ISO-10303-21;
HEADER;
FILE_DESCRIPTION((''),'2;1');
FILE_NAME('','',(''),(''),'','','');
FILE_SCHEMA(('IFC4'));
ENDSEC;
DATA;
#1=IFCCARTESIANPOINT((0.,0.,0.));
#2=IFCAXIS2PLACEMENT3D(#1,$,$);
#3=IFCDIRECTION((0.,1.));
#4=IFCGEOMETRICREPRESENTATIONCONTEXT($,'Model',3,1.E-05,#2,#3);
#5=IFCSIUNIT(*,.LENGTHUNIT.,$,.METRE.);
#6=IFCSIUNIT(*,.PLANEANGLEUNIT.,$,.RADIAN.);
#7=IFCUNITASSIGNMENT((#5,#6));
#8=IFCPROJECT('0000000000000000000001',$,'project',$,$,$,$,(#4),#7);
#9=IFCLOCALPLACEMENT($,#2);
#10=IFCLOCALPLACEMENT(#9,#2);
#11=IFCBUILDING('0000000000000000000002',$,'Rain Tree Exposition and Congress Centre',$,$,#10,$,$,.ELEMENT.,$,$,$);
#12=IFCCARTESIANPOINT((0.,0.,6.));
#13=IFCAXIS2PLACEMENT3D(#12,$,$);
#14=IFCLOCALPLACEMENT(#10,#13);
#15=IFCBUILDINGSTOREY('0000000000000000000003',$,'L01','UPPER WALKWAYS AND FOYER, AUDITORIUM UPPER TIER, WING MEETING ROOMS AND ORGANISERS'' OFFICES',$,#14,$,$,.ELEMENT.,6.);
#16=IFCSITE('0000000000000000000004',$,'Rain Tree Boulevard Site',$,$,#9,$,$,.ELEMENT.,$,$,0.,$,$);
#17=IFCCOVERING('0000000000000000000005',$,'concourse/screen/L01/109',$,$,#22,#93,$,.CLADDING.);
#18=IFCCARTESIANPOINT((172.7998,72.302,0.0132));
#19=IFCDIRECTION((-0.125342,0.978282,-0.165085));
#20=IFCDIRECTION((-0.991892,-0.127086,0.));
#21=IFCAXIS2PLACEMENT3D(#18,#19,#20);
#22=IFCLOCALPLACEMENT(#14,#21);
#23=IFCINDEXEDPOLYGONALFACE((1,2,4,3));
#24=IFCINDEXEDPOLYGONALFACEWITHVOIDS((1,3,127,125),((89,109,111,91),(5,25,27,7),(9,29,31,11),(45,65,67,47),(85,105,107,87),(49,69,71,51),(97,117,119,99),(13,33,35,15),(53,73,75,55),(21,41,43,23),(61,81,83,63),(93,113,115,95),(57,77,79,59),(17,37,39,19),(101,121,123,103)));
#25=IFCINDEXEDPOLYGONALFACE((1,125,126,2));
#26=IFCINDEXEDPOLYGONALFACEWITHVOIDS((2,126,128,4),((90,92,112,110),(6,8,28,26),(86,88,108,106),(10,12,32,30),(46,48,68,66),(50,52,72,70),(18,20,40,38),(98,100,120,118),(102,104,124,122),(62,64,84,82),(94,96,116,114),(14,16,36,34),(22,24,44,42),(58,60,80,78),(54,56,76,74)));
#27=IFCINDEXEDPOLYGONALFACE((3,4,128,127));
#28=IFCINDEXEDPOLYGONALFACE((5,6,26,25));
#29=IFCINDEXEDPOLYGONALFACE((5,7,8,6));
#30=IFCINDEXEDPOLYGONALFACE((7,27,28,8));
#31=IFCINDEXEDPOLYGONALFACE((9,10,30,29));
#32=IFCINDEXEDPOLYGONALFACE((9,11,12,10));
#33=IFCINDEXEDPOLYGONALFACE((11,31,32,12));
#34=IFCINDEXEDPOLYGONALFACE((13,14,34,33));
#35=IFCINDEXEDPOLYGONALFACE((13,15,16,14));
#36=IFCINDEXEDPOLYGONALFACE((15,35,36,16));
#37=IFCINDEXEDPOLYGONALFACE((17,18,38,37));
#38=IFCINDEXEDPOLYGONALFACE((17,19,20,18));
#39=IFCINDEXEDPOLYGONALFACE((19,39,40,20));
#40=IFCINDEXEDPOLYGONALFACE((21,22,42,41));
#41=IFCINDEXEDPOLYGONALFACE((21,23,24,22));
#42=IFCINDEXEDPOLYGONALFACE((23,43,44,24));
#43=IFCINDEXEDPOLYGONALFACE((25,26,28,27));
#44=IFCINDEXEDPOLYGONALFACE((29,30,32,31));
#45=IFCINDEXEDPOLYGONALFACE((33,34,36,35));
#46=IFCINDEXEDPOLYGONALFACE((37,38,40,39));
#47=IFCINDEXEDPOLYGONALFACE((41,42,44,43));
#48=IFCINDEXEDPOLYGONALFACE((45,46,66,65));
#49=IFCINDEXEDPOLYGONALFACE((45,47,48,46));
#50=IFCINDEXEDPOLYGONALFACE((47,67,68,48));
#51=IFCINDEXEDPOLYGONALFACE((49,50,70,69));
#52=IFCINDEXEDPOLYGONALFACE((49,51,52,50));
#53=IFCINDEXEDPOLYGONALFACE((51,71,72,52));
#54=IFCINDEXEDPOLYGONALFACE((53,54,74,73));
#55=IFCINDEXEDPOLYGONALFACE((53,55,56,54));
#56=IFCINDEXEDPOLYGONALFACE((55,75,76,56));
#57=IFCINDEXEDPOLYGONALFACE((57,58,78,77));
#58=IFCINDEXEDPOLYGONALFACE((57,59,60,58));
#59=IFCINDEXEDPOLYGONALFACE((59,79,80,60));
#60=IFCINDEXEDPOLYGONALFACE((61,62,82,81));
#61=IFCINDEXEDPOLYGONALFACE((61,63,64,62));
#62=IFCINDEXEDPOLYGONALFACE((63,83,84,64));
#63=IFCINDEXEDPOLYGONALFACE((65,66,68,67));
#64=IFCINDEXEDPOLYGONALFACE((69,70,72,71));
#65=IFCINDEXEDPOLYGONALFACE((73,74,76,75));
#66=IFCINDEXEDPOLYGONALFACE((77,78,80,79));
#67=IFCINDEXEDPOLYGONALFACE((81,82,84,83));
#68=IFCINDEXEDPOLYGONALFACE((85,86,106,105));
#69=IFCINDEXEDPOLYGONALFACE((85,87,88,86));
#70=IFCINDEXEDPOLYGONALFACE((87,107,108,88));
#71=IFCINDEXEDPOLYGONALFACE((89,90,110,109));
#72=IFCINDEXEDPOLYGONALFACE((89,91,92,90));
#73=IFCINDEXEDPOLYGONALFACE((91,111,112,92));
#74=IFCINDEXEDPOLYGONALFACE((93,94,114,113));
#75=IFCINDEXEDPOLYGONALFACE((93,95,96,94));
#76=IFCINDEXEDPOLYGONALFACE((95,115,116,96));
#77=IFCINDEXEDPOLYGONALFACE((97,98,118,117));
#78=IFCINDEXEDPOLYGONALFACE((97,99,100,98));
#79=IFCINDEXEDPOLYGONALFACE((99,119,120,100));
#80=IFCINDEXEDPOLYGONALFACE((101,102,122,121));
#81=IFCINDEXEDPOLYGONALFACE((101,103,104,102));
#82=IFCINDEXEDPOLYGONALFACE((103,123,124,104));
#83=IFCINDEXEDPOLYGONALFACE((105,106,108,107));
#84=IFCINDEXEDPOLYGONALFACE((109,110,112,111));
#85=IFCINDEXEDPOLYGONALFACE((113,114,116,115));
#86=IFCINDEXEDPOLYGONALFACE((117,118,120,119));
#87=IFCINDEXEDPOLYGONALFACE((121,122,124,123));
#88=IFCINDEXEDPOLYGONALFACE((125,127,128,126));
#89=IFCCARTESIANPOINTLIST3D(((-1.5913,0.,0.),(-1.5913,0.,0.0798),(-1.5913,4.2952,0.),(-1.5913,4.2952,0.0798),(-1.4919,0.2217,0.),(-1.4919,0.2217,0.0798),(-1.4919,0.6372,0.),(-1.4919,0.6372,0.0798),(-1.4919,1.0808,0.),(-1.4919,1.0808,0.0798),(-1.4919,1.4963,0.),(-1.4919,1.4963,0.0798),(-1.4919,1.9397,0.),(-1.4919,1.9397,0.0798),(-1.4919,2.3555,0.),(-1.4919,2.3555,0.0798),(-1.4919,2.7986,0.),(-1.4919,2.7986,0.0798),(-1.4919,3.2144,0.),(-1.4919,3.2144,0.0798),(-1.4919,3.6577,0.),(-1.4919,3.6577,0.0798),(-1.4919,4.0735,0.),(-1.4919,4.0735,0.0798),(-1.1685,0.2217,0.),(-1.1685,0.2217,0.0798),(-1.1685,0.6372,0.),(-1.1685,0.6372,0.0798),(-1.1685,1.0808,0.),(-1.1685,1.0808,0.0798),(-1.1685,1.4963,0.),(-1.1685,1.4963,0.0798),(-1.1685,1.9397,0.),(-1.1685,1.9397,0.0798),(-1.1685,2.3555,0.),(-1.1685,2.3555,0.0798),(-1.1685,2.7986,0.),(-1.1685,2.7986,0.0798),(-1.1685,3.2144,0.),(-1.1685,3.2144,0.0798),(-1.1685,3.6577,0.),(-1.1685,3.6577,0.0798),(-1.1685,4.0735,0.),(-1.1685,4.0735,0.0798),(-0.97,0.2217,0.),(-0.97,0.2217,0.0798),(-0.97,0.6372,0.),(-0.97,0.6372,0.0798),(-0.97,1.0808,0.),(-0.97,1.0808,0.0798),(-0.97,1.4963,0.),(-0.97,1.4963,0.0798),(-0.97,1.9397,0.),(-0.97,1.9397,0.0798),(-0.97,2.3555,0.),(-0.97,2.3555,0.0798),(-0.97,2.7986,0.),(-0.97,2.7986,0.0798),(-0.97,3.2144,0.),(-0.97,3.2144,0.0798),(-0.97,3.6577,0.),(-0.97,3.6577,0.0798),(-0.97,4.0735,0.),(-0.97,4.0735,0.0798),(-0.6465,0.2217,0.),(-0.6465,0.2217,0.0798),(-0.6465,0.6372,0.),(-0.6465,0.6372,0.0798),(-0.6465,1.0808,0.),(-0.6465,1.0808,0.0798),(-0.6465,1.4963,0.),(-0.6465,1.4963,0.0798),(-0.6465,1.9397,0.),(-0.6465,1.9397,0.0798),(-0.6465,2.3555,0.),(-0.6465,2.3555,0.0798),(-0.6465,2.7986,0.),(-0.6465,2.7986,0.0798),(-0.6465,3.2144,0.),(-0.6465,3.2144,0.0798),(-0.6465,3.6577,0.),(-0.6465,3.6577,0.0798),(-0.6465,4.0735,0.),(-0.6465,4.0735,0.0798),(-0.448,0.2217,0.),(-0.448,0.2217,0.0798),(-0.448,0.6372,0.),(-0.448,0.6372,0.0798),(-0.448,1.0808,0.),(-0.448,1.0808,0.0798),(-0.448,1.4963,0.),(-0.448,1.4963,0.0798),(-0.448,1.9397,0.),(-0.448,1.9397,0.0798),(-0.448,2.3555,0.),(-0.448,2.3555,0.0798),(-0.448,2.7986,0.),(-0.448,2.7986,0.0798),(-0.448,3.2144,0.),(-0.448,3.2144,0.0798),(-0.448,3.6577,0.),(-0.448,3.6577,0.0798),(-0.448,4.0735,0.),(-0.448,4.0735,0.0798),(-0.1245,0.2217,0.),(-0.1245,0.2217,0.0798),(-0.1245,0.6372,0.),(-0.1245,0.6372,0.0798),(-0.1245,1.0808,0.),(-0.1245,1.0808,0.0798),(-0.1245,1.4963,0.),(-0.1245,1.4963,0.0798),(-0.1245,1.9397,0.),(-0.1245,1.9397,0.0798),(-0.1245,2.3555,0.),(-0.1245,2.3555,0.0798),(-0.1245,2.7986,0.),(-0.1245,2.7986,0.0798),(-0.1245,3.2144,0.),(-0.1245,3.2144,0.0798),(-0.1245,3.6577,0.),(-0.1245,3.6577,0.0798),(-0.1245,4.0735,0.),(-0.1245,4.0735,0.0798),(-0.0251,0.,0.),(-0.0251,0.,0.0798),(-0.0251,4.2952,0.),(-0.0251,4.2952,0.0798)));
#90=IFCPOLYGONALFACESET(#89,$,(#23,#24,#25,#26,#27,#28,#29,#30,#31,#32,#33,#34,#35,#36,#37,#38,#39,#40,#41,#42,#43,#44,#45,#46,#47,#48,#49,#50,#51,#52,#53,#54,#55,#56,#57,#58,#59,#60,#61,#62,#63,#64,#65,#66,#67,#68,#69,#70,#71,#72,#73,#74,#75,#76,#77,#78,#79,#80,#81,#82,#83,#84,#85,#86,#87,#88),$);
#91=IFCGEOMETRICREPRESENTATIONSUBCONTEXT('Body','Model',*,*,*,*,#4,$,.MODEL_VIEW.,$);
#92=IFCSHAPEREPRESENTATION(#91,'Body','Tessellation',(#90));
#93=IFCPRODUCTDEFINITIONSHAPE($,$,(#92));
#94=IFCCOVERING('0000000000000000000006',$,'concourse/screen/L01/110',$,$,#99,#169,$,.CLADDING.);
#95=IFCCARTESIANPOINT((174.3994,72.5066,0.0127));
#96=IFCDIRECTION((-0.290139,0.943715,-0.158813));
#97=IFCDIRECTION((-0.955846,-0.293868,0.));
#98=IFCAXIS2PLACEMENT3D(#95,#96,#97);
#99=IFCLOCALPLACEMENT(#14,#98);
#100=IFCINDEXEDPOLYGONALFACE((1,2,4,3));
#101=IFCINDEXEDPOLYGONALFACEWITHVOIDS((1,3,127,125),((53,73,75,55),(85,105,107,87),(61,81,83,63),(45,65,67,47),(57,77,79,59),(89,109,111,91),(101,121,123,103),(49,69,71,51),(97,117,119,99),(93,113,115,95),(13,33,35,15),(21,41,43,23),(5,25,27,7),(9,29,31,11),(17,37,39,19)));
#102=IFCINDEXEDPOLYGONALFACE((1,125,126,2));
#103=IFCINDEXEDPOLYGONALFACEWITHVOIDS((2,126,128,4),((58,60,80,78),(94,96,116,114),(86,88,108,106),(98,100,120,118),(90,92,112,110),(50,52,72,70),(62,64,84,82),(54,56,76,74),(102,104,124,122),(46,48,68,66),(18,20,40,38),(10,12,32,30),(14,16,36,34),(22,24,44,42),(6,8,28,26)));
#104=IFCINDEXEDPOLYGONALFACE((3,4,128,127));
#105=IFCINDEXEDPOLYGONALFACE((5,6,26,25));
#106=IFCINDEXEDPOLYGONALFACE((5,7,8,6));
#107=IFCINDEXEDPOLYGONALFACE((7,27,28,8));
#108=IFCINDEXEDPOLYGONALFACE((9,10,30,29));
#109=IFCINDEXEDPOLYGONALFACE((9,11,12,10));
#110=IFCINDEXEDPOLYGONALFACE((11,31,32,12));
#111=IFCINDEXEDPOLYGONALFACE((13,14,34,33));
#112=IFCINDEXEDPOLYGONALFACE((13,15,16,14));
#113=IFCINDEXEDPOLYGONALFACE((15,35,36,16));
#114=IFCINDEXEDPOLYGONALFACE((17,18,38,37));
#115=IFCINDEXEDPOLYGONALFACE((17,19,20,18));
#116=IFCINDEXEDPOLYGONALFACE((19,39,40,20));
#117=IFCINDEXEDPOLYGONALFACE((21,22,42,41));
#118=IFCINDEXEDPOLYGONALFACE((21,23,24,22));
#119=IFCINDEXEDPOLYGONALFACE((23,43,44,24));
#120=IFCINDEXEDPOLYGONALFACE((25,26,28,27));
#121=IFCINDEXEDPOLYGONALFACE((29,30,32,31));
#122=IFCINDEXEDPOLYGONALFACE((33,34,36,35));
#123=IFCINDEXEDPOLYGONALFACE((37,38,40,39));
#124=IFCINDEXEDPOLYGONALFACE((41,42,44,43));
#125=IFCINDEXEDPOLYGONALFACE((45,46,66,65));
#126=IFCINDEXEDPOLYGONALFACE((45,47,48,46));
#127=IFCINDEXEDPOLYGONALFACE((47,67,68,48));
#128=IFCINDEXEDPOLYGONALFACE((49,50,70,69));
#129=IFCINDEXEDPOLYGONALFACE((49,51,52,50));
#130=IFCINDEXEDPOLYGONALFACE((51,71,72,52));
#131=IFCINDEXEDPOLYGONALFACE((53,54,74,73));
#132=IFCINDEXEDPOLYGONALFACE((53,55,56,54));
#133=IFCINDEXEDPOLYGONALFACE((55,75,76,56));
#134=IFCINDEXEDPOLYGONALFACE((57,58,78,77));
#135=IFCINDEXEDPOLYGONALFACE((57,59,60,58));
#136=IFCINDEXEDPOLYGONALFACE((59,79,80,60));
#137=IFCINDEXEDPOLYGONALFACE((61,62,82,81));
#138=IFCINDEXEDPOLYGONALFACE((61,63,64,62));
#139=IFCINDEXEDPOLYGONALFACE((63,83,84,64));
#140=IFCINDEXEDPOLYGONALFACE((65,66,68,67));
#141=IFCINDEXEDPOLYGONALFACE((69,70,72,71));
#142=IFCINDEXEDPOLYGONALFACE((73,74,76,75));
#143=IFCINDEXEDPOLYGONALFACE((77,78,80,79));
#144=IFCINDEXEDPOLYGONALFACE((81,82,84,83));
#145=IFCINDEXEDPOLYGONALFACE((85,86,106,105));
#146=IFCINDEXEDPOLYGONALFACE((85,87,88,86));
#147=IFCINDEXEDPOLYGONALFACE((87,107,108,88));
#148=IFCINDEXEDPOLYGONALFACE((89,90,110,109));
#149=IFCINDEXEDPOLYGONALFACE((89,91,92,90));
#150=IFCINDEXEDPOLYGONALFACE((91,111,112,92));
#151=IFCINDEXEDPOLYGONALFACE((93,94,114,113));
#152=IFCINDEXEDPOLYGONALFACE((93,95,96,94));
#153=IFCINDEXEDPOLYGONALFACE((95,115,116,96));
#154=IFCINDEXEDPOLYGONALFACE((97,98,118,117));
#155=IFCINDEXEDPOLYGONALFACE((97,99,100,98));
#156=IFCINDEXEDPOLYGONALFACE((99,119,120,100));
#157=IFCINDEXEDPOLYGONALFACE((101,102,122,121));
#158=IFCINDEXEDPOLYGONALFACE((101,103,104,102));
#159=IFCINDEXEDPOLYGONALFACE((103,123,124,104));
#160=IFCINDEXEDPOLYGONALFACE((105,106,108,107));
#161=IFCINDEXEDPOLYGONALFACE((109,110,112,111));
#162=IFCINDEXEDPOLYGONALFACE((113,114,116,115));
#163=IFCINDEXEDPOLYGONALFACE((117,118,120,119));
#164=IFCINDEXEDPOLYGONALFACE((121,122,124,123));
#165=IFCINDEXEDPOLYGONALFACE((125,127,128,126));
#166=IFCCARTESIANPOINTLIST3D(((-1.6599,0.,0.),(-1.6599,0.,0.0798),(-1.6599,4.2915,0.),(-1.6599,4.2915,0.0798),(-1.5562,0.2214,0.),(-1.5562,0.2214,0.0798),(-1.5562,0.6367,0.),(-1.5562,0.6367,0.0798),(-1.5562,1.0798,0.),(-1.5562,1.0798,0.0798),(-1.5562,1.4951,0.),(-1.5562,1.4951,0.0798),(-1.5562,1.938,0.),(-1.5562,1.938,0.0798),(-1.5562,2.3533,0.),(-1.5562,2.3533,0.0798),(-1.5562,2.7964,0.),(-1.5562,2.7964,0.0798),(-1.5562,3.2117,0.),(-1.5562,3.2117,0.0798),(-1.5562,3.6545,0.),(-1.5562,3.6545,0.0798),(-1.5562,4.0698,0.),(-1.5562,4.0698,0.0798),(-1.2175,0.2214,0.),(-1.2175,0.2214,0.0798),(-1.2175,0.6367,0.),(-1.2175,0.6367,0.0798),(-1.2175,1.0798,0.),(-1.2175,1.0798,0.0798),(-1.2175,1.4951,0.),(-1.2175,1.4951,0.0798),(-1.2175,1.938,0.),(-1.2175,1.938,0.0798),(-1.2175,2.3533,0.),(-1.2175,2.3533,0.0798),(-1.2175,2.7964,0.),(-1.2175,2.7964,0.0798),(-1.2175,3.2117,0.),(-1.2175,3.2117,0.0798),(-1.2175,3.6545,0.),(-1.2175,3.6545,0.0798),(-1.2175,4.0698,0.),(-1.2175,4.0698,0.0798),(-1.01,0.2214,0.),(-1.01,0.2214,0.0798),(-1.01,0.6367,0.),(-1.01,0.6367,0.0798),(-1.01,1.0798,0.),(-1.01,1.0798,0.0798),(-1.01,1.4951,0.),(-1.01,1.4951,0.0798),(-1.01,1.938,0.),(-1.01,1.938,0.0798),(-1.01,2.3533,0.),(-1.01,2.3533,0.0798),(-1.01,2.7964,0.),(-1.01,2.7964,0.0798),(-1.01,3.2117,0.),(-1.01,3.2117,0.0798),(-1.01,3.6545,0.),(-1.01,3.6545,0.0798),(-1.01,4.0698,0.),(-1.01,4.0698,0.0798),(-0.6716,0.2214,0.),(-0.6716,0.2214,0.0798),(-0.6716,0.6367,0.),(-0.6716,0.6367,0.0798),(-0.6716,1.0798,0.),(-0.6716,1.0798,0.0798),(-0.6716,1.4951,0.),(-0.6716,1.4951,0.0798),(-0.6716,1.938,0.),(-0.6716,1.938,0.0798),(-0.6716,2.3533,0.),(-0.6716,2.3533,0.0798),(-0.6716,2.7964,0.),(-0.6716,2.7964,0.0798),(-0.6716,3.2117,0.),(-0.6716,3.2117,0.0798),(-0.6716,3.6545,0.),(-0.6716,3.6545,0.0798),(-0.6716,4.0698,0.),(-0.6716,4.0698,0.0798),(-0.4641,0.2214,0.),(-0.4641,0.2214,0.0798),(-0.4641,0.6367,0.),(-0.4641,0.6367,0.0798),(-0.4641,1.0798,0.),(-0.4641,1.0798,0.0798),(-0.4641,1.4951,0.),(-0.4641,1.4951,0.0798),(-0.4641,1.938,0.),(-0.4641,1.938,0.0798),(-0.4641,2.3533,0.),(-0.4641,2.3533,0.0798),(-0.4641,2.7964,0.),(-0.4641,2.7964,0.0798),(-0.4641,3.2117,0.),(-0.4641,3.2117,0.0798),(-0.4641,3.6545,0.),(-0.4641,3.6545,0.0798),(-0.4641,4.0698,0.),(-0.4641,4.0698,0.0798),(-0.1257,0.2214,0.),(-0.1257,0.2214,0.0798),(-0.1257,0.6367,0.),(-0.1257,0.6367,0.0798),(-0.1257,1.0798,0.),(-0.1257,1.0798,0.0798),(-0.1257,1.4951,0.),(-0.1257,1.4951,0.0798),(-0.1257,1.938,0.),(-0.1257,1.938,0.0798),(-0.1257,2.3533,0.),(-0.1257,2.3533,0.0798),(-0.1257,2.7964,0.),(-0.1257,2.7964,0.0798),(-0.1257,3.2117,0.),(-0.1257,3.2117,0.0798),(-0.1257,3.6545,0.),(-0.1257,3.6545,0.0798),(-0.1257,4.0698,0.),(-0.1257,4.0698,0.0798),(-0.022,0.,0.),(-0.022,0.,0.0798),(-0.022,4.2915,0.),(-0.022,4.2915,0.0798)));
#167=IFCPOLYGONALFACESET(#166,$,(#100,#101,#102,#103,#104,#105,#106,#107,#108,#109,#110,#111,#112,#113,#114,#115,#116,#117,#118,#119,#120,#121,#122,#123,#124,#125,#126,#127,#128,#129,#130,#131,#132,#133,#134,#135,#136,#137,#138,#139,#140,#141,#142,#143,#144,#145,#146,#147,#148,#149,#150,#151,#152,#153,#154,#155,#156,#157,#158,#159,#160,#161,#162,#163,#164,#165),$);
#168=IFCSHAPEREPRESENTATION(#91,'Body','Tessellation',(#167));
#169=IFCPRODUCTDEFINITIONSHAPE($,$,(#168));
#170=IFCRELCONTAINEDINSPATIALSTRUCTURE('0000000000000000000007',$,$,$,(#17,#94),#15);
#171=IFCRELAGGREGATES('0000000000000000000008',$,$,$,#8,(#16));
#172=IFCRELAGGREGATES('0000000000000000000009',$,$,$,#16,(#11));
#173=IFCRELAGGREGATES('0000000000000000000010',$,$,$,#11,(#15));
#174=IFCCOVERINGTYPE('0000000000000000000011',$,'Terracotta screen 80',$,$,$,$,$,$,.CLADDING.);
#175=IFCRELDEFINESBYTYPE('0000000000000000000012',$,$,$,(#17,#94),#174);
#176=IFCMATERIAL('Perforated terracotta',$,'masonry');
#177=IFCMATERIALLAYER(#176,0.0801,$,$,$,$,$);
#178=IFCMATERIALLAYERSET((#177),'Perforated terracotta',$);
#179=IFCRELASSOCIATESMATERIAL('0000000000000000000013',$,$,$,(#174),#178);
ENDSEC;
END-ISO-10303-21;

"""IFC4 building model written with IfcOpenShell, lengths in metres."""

from ifc_helpers import new_model, si_unit, direction, frame, origin, place, context, subcontext, project, spatial, polyline, outline, extrude, material, layer, layer_set, type_object, element, save


model = new_model("IFC4")

# Units and contexts
model_context = context("Model", 3, precision=1e-05, world=origin(), true_north=direction((0.0, 1.0)))
body_context = subcontext(model_context, "Body", "Model", "MODEL_VIEW")
ifc_project = project(units=[si_unit("LENGTHUNIT", "METRE"), si_unit("PLANEANGLEUNIT", "RADIAN")], contexts=[model_context])

# Site, building, storey
site_placement = place(None, origin())
site = spatial("IfcSite", under=ifc_project, at=site_placement, Name="Rain Tree Boulevard Site", CompositionType="ELEMENT", RefElevation=0.0)
building_placement = place(site_placement, origin())
building = spatial("IfcBuilding", under=site, at=building_placement, Name="Rain Tree Exposition and Congress Centre", CompositionType="ELEMENT")
storey_placement = place(building_placement, frame((0.0, 0.0, 6.0)))
storey = spatial("IfcBuildingStorey", under=building, at=storey_placement, Name="L01", Description="UPPER WALKWAYS AND FOYER, AUDITORIUM UPPER TIER, WING MEETING ROOMS AND ORGANISERS' OFFICES", CompositionType="ELEMENT", Elevation=6.0)

# Coverings
ifc_material_1 = material(Name="Perforated terracotta", Category="masonry")
ifc_layer_1 = layer(ifc_material_1, 0.0801)
ifc_layer_set_1 = layer_set([ifc_layer_1], Name="Perforated terracotta")
covering_type = type_object("IfcCoveringType", Name="Terracotta screen 80", PredefinedType="CLADDING", material=ifc_layer_set_1)
covering_1_placement = place(storey_placement, frame((172.7998, 72.302, 0.0132), z_axis=(-0.125342, 0.978282, -0.165085), x_axis=(-0.991892, -0.127086, 0.0)))
element("IfcCovering", 1, at=covering_1_placement, inside=storey, type_object=covering_type, Name="concourse/screen/L01/109", PredefinedType="CLADDING", context=body_context, shape_type="SweptSolid", body=[
    extrude(outline(polyline([(-1.5913, 0.0), (-1.5913, 4.2952), (-0.0251, 4.2952), (-0.0251, 0.0), (-1.5913, 0.0)]), holes=[polyline([(-0.1245, 0.2217), (-0.1245, 0.6372), (-0.448, 0.6372), (-0.448, 0.2217), (-0.1245, 0.2217)]), polyline([(-0.1245, 1.0808), (-0.1245, 1.4963), (-0.448, 1.4963), (-0.448, 1.0808), (-0.1245, 1.0808)]), polyline([(-0.1245, 1.9397), (-0.1245, 2.3555), (-0.448, 2.3555), (-0.448, 1.9397), (-0.1245, 1.9397)]), polyline([(-0.1245, 2.7986), (-0.1245, 3.2144), (-0.448, 3.2144), (-0.448, 2.7986), (-0.1245, 2.7986)]), polyline([(-0.1245, 3.6577), (-0.1245, 4.0735), (-0.448, 4.0735), (-0.448, 3.6577), (-0.1245, 3.6577)]), polyline([(-0.6465, 0.2217), (-0.6465, 0.6372), (-0.97, 0.6372), (-0.97, 0.2217), (-0.6465, 0.2217)]), polyline([(-0.6465, 1.0808), (-0.6465, 1.4963), (-0.97, 1.4963), (-0.97, 1.0808), (-0.6465, 1.0808)]), polyline([(-0.6465, 1.9397), (-0.6465, 2.3555), (-0.97, 2.3555), (-0.97, 1.9397), (-0.6465, 1.9397)]), polyline([(-0.6465, 2.7986), (-0.6465, 3.2144), (-0.97, 3.2144), (-0.97, 2.7986), (-0.6465, 2.7986)]), polyline([(-0.6465, 3.6577), (-0.6465, 4.0735), (-0.97, 4.0735), (-0.97, 3.6577), (-0.6465, 3.6577)]), polyline([(-1.1685, 0.2217), (-1.1685, 0.6372), (-1.4919, 0.6372), (-1.4919, 0.2217), (-1.1685, 0.2217)]), polyline([(-1.1685, 1.0808), (-1.1685, 1.4963), (-1.4919, 1.4963), (-1.4919, 1.0808), (-1.1685, 1.0808)]), polyline([(-1.1685, 1.9397), (-1.1685, 2.3555), (-1.4919, 2.3555), (-1.4919, 1.9397), (-1.1685, 1.9397)]), polyline([(-1.1685, 2.7986), (-1.1685, 3.2144), (-1.4919, 3.2144), (-1.4919, 2.7986), (-1.1685, 2.7986)]), polyline([(-1.1685, 3.6577), (-1.1685, 4.0735), (-1.4919, 4.0735), (-1.4919, 3.6577), (-1.1685, 3.6577)])]), origin(), (0.0, 0.0, 1.0), 0.0798),
])
covering_2_placement = place(storey_placement, frame((174.3994, 72.5066, 0.0127), z_axis=(-0.290139, 0.943715, -0.158813), x_axis=(-0.955846, -0.293868, 0.0)))
element("IfcCovering", 2, at=covering_2_placement, inside=storey, type_object=covering_type, Name="concourse/screen/L01/110", PredefinedType="CLADDING", context=body_context, shape_type="SweptSolid", body=[
    extrude(outline(polyline([(-1.6599, 0.0), (-1.6599, 4.2915), (-0.022, 4.2915), (-0.022, 0.0), (-1.6599, 0.0)]), holes=[polyline([(-0.1257, 0.2214), (-0.1257, 0.6367), (-0.4641, 0.6367), (-0.4641, 0.2214), (-0.1257, 0.2214)]), polyline([(-0.1257, 1.0798), (-0.1257, 1.4951), (-0.4641, 1.4951), (-0.4641, 1.0798), (-0.1257, 1.0798)]), polyline([(-0.1257, 1.938), (-0.1257, 2.3533), (-0.4641, 2.3533), (-0.4641, 1.938), (-0.1257, 1.938)]), polyline([(-0.1257, 2.7964), (-0.1257, 3.2117), (-0.4641, 3.2117), (-0.4641, 2.7964), (-0.1257, 2.7964)]), polyline([(-0.1257, 3.6545), (-0.1257, 4.0698), (-0.4641, 4.0698), (-0.4641, 3.6545), (-0.1257, 3.6545)]), polyline([(-0.6716, 0.2214), (-0.6716, 0.6367), (-1.01, 0.6367), (-1.01, 0.2214), (-0.6716, 0.2214)]), polyline([(-0.6716, 1.0798), (-0.6716, 1.4951), (-1.01, 1.4951), (-1.01, 1.0798), (-0.6716, 1.0798)]), polyline([(-0.6716, 1.938), (-0.6716, 2.3533), (-1.01, 2.3533), (-1.01, 1.938), (-0.6716, 1.938)]), polyline([(-0.6716, 2.7964), (-0.6716, 3.2117), (-1.01, 3.2117), (-1.01, 2.7964), (-0.6716, 2.7964)]), polyline([(-0.6716, 3.6545), (-0.6716, 4.0698), (-1.01, 4.0698), (-1.01, 3.6545), (-0.6716, 3.6545)]), polyline([(-1.2175, 0.2214), (-1.2175, 0.6367), (-1.5562, 0.6367), (-1.5562, 0.2214), (-1.2175, 0.2214)]), polyline([(-1.2175, 1.0798), (-1.2175, 1.4951), (-1.5562, 1.4951), (-1.5562, 1.0798), (-1.2175, 1.0798)]), polyline([(-1.2175, 1.938), (-1.2175, 2.3533), (-1.5562, 2.3533), (-1.5562, 1.938), (-1.2175, 1.938)]), polyline([(-1.2175, 2.7964), (-1.2175, 3.2117), (-1.5562, 3.2117), (-1.5562, 2.7964), (-1.2175, 2.7964)]), polyline([(-1.2175, 3.6545), (-1.2175, 4.0698), (-1.5562, 4.0698), (-1.5562, 3.6545), (-1.2175, 3.6545)])]), origin(), (0.0, 0.0, 1.0), 0.0798),
])

save(model, "model.ifc")
